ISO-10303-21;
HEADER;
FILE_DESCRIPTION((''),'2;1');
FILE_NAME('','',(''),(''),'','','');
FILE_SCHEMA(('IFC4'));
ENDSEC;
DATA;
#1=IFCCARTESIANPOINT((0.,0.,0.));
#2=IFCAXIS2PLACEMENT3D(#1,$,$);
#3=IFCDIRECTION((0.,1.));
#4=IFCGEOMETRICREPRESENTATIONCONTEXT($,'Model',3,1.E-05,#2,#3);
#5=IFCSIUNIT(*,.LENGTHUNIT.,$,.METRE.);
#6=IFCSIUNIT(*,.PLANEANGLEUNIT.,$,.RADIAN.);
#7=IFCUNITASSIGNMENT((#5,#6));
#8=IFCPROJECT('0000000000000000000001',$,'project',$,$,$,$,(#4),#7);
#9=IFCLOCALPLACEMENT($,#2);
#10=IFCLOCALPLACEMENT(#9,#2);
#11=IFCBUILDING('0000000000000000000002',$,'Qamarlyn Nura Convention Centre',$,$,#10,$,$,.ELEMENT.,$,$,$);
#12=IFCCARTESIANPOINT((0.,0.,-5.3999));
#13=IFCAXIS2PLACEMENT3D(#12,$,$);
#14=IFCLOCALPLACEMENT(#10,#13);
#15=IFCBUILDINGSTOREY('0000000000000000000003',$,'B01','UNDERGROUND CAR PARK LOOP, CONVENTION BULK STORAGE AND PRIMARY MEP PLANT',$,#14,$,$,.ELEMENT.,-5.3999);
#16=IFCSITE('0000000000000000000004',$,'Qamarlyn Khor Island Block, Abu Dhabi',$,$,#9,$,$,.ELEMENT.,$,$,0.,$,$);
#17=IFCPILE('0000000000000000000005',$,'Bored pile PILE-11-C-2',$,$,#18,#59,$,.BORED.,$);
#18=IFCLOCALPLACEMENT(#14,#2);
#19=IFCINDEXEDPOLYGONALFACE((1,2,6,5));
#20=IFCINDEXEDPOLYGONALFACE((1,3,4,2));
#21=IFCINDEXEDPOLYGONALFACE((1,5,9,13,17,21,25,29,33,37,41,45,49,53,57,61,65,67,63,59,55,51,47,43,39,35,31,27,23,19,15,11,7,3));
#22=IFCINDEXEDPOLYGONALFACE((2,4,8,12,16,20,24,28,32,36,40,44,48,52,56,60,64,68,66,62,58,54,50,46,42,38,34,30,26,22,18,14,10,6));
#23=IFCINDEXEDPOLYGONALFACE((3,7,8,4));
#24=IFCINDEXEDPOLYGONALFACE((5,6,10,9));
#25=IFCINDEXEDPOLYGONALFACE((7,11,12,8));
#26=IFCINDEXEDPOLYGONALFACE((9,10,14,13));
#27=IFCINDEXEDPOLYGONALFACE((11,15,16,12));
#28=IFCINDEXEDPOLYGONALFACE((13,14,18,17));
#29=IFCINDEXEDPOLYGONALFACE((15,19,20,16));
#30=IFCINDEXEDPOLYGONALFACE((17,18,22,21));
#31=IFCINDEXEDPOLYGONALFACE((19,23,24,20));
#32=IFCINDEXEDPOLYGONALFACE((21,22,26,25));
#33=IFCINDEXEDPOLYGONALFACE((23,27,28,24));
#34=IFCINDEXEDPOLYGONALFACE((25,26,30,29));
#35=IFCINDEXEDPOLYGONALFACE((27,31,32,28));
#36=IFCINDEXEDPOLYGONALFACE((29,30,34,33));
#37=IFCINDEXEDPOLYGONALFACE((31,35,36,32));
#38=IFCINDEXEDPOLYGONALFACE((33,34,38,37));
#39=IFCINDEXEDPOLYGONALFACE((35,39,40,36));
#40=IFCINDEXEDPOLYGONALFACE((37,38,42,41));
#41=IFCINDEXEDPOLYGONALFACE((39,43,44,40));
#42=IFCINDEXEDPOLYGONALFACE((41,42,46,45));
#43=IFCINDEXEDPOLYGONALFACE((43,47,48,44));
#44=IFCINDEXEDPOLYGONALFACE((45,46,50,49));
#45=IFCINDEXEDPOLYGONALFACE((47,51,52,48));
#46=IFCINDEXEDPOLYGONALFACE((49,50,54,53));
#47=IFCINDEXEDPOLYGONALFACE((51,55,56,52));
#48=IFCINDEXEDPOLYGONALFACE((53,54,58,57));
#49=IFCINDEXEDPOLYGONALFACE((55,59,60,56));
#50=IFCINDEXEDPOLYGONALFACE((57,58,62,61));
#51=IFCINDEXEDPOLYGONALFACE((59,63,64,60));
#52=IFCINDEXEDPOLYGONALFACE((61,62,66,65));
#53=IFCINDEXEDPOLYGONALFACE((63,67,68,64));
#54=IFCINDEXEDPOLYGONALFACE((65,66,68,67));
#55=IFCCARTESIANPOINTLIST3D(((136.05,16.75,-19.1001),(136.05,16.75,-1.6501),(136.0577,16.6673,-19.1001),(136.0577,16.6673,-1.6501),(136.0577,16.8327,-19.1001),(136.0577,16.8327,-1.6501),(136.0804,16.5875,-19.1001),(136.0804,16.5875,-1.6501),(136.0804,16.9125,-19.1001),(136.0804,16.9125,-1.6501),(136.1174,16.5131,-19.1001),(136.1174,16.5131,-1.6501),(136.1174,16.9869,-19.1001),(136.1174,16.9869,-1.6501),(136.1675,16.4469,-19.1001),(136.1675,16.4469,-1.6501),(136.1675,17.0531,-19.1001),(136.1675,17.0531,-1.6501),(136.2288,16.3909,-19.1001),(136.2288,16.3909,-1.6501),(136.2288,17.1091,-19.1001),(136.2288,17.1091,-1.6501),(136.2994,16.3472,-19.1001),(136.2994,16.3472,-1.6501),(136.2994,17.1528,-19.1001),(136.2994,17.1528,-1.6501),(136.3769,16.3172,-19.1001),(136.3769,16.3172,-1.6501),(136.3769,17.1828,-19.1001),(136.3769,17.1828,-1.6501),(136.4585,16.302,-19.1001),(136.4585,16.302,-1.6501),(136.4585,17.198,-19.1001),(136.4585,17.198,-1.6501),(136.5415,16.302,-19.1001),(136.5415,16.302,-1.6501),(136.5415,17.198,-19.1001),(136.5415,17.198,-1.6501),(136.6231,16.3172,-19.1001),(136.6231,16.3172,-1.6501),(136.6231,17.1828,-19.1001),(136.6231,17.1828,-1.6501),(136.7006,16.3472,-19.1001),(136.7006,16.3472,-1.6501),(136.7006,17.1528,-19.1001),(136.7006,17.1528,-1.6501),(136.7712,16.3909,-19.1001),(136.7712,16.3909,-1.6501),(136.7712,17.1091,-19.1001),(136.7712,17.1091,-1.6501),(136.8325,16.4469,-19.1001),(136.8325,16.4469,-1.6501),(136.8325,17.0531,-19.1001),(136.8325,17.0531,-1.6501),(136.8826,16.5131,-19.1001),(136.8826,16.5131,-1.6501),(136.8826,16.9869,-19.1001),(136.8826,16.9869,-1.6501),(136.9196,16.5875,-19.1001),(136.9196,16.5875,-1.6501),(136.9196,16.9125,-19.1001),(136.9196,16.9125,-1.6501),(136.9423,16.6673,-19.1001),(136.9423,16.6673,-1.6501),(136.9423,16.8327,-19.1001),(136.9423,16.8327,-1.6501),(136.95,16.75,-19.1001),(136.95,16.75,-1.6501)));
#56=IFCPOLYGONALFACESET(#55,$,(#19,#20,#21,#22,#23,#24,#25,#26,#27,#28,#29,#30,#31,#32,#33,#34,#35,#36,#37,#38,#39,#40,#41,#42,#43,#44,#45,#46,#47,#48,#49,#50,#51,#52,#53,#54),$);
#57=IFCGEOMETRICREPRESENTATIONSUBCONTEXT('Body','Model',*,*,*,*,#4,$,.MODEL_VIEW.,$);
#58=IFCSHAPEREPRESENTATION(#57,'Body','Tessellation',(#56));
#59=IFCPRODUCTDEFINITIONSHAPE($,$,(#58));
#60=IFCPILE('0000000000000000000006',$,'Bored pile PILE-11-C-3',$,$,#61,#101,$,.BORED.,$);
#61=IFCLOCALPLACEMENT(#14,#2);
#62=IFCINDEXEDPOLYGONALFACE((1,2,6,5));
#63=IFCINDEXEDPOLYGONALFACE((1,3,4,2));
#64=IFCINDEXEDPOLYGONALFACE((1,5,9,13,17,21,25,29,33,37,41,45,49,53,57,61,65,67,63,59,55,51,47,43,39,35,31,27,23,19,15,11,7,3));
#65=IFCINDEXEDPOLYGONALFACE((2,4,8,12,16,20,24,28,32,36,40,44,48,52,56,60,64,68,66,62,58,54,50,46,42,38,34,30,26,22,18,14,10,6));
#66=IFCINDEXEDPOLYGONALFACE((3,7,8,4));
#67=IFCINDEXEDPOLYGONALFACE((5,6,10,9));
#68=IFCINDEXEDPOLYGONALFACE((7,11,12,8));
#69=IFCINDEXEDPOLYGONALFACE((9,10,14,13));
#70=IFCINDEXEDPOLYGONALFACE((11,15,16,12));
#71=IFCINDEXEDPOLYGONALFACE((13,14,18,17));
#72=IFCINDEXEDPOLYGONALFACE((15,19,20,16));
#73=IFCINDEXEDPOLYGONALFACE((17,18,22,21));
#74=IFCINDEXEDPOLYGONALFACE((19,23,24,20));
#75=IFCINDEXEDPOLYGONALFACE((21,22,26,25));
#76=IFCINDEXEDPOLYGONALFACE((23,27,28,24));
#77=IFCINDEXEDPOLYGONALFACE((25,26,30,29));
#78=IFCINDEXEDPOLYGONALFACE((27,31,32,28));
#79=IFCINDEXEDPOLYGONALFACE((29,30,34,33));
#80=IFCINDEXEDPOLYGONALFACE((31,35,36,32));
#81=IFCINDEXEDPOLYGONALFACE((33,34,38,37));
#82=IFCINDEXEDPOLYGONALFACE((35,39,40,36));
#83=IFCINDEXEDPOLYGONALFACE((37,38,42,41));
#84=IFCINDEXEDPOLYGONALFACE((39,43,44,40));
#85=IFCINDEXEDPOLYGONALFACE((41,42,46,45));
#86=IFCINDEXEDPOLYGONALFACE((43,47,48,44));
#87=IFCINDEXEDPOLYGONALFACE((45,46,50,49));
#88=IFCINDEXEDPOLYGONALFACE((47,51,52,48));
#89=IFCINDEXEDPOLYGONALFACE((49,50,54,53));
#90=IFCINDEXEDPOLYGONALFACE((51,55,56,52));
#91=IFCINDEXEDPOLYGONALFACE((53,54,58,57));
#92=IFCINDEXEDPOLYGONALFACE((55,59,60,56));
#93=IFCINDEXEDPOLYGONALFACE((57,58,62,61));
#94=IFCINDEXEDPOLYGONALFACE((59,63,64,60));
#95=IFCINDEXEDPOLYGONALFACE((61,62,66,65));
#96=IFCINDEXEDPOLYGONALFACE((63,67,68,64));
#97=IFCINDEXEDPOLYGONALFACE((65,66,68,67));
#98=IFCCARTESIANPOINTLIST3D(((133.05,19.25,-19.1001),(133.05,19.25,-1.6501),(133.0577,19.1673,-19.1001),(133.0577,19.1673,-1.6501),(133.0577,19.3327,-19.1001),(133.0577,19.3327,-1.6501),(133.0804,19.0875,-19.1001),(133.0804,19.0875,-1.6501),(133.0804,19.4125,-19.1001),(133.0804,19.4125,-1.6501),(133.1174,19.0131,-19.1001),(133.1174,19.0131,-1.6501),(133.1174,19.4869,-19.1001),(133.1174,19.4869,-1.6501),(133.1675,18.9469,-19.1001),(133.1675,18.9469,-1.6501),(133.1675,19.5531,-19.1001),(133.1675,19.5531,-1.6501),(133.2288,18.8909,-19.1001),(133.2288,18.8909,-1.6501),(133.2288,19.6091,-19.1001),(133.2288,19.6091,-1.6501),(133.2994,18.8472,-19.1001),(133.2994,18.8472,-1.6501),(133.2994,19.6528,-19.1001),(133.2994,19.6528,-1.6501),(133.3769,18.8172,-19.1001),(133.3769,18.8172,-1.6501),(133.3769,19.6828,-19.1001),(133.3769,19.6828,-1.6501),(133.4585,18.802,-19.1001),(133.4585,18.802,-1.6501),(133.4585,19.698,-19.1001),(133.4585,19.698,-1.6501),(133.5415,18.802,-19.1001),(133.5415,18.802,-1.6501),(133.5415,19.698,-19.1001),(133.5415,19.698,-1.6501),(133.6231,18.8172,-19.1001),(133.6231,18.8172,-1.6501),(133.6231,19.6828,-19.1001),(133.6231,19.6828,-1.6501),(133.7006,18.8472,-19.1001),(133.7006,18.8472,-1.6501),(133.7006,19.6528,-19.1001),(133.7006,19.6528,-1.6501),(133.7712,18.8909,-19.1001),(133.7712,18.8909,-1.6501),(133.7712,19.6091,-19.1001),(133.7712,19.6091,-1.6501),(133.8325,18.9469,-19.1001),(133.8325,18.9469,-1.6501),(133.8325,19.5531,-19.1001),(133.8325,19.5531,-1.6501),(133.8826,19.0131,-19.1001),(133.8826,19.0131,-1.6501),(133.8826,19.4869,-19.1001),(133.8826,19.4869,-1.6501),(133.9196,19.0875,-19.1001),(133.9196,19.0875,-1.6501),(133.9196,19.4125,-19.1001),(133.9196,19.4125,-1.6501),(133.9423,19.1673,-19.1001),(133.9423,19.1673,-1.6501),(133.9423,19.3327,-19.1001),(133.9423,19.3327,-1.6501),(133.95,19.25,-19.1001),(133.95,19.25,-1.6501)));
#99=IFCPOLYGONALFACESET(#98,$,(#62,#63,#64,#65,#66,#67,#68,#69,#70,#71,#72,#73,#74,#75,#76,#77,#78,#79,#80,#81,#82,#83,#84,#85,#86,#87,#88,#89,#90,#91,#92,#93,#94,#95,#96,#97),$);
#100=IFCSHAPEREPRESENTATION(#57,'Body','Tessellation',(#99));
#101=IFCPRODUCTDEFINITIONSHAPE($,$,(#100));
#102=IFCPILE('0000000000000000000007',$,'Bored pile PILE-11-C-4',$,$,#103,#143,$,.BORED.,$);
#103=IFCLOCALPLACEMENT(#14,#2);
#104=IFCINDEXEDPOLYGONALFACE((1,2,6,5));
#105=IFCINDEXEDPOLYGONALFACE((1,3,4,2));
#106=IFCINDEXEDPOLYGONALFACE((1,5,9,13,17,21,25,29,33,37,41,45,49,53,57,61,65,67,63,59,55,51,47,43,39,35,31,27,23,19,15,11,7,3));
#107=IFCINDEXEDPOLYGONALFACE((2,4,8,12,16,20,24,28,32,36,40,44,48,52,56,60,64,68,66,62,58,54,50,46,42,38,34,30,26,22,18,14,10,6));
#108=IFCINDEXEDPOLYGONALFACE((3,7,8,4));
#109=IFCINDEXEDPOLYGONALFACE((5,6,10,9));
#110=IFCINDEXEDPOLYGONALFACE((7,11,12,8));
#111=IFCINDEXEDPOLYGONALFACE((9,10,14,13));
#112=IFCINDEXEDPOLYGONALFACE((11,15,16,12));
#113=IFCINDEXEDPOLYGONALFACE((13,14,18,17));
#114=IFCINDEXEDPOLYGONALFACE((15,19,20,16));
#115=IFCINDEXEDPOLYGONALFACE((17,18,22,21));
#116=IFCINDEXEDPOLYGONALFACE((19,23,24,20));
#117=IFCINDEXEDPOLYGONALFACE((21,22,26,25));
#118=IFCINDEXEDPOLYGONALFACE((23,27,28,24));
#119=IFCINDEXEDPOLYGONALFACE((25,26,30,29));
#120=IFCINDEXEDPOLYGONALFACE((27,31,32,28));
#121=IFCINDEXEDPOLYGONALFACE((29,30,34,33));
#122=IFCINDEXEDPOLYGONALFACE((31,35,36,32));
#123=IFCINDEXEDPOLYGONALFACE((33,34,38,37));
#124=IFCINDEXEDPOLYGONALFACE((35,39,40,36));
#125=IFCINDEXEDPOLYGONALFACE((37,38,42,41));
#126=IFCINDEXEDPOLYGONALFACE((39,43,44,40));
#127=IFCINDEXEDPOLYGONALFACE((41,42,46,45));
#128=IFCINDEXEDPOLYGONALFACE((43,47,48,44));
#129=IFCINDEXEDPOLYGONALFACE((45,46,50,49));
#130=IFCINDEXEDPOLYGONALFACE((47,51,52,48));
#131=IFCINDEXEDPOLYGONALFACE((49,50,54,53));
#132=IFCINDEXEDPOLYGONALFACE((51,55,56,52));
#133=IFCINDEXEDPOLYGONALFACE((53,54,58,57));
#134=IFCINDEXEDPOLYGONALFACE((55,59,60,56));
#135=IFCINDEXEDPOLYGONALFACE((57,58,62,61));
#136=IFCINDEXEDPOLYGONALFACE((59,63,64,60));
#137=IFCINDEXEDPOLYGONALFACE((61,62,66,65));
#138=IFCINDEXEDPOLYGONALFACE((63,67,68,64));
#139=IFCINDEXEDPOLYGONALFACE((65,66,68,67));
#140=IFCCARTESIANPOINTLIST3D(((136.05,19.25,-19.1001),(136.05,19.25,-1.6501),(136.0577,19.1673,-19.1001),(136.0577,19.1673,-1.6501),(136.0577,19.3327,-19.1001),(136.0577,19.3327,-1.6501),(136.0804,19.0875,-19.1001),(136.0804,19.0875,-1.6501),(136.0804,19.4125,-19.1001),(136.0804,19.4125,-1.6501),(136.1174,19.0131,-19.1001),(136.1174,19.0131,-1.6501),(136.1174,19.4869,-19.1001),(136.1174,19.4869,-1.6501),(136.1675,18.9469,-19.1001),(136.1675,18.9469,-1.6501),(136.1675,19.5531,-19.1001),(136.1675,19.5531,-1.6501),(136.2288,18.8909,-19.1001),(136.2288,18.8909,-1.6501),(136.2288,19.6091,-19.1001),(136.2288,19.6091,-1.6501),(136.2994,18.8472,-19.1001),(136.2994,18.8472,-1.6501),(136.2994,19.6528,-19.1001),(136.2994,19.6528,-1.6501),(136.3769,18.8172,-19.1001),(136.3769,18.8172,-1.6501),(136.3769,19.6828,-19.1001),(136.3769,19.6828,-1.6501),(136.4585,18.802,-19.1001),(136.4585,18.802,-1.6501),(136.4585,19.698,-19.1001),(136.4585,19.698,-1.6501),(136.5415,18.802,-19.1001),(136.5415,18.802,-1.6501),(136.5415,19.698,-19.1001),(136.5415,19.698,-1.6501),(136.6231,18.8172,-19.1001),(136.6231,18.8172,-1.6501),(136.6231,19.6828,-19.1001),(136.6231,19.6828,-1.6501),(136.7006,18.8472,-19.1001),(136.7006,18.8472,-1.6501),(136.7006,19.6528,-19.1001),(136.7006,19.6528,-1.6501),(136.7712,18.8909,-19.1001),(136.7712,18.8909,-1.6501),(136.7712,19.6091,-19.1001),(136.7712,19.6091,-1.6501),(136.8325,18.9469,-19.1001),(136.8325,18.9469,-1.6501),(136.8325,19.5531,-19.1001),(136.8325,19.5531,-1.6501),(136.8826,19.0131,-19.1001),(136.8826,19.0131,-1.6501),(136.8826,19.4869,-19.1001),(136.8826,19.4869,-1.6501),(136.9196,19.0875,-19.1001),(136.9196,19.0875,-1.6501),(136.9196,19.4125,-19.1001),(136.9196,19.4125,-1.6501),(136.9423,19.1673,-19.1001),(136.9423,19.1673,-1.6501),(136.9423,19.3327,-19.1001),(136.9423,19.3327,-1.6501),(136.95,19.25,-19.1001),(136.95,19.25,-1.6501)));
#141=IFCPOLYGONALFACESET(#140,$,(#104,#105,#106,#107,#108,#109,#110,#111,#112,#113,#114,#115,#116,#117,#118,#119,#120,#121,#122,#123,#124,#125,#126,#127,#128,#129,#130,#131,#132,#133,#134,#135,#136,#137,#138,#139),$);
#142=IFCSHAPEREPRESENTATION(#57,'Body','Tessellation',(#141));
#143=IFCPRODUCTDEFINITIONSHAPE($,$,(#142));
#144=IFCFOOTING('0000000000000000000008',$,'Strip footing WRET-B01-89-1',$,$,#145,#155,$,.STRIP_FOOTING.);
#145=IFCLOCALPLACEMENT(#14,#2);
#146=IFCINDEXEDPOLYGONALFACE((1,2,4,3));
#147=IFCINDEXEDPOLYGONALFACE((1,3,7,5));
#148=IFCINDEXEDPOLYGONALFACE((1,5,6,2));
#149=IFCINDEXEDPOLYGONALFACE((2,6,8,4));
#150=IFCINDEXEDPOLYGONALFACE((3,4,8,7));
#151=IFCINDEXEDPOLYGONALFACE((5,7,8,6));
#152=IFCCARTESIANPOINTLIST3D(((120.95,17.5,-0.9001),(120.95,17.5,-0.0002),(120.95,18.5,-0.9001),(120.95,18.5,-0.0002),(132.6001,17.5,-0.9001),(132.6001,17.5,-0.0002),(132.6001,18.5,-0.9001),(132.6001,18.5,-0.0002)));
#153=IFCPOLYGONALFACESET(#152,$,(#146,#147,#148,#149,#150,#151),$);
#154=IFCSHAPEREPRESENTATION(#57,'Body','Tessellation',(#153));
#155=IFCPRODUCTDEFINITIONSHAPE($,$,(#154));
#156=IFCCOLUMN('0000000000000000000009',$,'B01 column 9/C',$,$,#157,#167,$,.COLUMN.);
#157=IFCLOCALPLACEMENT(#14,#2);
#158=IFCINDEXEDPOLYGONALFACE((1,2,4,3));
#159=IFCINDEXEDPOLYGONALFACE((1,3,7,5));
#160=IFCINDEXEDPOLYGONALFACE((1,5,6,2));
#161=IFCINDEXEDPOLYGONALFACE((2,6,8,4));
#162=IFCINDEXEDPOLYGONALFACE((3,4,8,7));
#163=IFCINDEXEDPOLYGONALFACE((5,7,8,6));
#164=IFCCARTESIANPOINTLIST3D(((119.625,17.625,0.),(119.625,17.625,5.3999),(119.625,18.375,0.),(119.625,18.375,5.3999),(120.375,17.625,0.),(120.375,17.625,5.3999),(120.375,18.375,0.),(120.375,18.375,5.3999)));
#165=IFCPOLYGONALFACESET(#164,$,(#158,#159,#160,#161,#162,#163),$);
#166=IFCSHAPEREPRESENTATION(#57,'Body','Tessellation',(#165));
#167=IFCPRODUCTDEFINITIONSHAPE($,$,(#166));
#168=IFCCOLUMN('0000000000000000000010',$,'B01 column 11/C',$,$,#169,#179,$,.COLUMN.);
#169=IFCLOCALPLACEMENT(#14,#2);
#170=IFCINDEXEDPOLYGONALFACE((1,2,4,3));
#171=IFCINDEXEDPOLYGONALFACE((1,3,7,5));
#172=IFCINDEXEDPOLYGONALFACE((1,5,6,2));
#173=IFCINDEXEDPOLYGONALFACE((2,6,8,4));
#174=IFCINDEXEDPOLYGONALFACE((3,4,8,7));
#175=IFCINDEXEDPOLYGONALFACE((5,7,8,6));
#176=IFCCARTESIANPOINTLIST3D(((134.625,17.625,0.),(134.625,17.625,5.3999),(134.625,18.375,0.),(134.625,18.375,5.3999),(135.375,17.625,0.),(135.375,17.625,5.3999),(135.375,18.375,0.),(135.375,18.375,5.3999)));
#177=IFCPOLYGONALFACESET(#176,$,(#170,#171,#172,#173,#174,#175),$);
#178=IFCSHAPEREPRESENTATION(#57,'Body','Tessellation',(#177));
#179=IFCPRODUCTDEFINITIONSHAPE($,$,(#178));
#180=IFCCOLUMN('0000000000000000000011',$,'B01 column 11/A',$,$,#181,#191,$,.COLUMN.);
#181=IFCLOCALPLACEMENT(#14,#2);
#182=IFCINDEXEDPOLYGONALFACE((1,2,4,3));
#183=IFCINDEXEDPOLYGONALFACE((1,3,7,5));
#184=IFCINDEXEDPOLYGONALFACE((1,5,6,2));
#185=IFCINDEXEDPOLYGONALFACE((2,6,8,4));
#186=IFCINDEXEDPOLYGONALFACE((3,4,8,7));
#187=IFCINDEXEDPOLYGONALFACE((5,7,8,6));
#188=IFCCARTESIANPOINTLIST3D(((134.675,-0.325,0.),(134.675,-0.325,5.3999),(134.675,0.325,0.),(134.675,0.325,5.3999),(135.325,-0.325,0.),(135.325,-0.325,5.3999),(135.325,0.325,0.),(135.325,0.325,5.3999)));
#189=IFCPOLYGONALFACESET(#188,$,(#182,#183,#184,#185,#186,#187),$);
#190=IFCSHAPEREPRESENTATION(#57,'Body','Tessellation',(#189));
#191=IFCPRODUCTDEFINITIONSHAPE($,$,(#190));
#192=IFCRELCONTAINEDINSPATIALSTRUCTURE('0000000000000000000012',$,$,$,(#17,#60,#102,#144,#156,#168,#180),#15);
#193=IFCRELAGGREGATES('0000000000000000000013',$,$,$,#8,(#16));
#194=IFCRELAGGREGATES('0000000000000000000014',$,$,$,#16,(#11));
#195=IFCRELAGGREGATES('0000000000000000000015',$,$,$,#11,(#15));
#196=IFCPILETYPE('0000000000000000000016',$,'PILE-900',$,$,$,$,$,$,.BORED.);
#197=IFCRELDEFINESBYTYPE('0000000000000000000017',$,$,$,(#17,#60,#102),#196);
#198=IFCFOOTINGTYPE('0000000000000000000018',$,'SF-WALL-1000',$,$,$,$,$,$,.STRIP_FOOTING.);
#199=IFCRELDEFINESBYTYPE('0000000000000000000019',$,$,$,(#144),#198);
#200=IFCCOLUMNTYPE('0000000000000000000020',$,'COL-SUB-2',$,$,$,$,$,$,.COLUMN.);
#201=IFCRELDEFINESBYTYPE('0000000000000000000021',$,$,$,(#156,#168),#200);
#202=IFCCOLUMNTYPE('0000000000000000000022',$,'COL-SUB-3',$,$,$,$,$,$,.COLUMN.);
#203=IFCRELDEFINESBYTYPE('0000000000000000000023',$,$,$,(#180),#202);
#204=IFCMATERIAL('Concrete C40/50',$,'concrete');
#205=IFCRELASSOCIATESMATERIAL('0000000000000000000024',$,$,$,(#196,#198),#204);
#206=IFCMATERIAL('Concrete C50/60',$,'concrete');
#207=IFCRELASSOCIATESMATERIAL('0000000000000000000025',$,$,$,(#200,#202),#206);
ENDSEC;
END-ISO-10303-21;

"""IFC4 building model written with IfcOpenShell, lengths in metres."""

from ifc_helpers import new_model, si_unit, direction, frame, origin, origin_2d, place, context, subcontext, project, spatial, rectangle, circle, extrude, material, material_profile, profile_set, type_object, element, save


model = new_model("IFC4")

# Units and contexts
model_context = context("Model", 3, precision=1e-05, world=origin(), true_north=direction((0.0, 1.0)))
body_context = subcontext(model_context, "Body", "Model", "MODEL_VIEW")
ifc_project = project(units=[si_unit("LENGTHUNIT", "METRE"), si_unit("PLANEANGLEUNIT", "RADIAN")], contexts=[model_context])

# Site, building, storey
site_placement = place(None, origin())
site = spatial("IfcSite", under=ifc_project, at=site_placement, Name="Qamarlyn Khor Island Block, Abu Dhabi", CompositionType="ELEMENT", RefElevation=0.0)
building_placement = place(site_placement, origin())
building = spatial("IfcBuilding", under=site, at=building_placement, Name="Qamarlyn Nura Convention Centre", CompositionType="ELEMENT")
storey_placement = place(building_placement, frame((0.0, 0.0, -5.3999)))
storey = spatial("IfcBuildingStorey", under=building, at=storey_placement, Name="B01", Description="UNDERGROUND CAR PARK LOOP, CONVENTION BULK STORAGE AND PRIMARY MEP PLANT", CompositionType="ELEMENT", Elevation=-5.3999)

# Shared definitions
ifc_material_1 = material(Name="Concrete C40/50", Category="concrete")

# Piles
ifc_material_profile_1 = material_profile(ifc_material_1, circle(Radius=0.45, at=origin_2d()), Name="BORED PILE 900")
ifc_profile_set_1 = profile_set([ifc_material_profile_1], Name="Concrete C40/50")
pile_type = type_object("IfcPileType", Name="PILE-900", PredefinedType="BORED", material=ifc_profile_set_1)
for number, where, z_axis, x_axis, name in (
    (1, (136.5, 16.75, -1.6501), (0.0, 0.0, -1.0), (1.0, 0.0, 0.0), "Bored pile PILE-11-C-2"),
    (2, (133.5, 19.25, -1.6501), (0.0, 0.0, -1.0), (1.0, 0.0, 0.0), "Bored pile PILE-11-C-3"),
    (3, (136.5, 19.25, -1.6501), (0.0, 0.0, -1.0), (1.0, 0.0, 0.0), "Bored pile PILE-11-C-4"),
):
    element("IfcPile", number, at=place(storey_placement, frame(where, z_axis=z_axis, x_axis=x_axis)), inside=storey, type_object=pile_type, Name=name, PredefinedType="BORED", context=body_context, shape_type="SweptSolid", body=[
        extrude(circle(Radius=0.45, at=origin_2d()), origin(), (0.0, 0.0, 1.0), 17.45),
    ])

# Footing
ifc_material_profile_2 = material_profile(ifc_material_1, rectangle(XDim=1.0, YDim=0.8999, at=origin_2d()), Name="RC STRIP 1000x900")
ifc_profile_set_2 = profile_set([ifc_material_profile_2], Name="Concrete C40/50")
footing_type_1 = type_object("IfcFootingType", Name="SF-WALL-1000", PredefinedType="STRIP_FOOTING", material=ifc_profile_set_2)
footing_1_placement = place(storey_placement, frame((132.6001, 18.0, -0.4502), z_axis=(-1.0, 0.0, 0.0), x_axis=(0.0, -1.0, 0.0)))
element("IfcFooting", 4, at=footing_1_placement, inside=storey, type_object=footing_type_1, Name="Strip footing WRET-B01-89-1", PredefinedType="STRIP_FOOTING", context=body_context, shape_type="SweptSolid", body=[
    extrude(rectangle(XDim=1.0, YDim=0.8999, at=origin_2d()), origin(), (0.0, 0.0, 1.0), 11.6501),
])

# Columns
ifc_material_2 = material(Name="Concrete C50/60", Category="concrete")
ifc_material_profile_3 = material_profile(ifc_material_2, rectangle(XDim=0.75, YDim=0.75, at=origin_2d()), Name="RC 750x750")
ifc_profile_set_3 = profile_set([ifc_material_profile_3], Name="Concrete C50/60")
column_type_1 = type_object("IfcColumnType", Name="COL-SUB-2", PredefinedType="COLUMN", material=ifc_profile_set_3)
for number, where, z_axis, x_axis, name in (
    (5, (120.0, 18.0, 0.0), (0.0, 0.0, 1.0), (1.0, 0.0, 0.0), "B01 column 9/C"),
    (6, (135.0, 18.0, 0.0), (0.0, 0.0, 1.0), (1.0, 0.0, 0.0), "B01 column 11/C"),
):
    element("IfcColumn", number, at=place(storey_placement, frame(where, z_axis=z_axis, x_axis=x_axis)), inside=storey, type_object=column_type_1, Name=name, PredefinedType="COLUMN", context=body_context, shape_type="SweptSolid", body=[
        extrude(rectangle(XDim=0.75, YDim=0.75, at=origin_2d()), origin(), (0.0, 0.0, 1.0), 5.3999),
    ])
ifc_material_profile_4 = material_profile(ifc_material_2, rectangle(XDim=0.6499, YDim=0.6499, at=origin_2d()), Name="RC 650x650")
ifc_profile_set_4 = profile_set([ifc_material_profile_4], Name="Concrete C50/60")
column_type_2 = type_object("IfcColumnType", Name="COL-SUB-3", PredefinedType="COLUMN", material=ifc_profile_set_4)
column_1_placement = place(storey_placement, frame((135.0, 0.0, 0.0), z_axis=(0.0, 0.0, 1.0), x_axis=(1.0, 0.0, 0.0)))
element("IfcColumn", 7, at=column_1_placement, inside=storey, type_object=column_type_2, Name="B01 column 11/A", PredefinedType="COLUMN", context=body_context, shape_type="SweptSolid", body=[
    extrude(rectangle(XDim=0.6499, YDim=0.6499, at=origin_2d()), origin(), (0.0, 0.0, 1.0), 5.3999),
])

save(model, "model.ifc")
